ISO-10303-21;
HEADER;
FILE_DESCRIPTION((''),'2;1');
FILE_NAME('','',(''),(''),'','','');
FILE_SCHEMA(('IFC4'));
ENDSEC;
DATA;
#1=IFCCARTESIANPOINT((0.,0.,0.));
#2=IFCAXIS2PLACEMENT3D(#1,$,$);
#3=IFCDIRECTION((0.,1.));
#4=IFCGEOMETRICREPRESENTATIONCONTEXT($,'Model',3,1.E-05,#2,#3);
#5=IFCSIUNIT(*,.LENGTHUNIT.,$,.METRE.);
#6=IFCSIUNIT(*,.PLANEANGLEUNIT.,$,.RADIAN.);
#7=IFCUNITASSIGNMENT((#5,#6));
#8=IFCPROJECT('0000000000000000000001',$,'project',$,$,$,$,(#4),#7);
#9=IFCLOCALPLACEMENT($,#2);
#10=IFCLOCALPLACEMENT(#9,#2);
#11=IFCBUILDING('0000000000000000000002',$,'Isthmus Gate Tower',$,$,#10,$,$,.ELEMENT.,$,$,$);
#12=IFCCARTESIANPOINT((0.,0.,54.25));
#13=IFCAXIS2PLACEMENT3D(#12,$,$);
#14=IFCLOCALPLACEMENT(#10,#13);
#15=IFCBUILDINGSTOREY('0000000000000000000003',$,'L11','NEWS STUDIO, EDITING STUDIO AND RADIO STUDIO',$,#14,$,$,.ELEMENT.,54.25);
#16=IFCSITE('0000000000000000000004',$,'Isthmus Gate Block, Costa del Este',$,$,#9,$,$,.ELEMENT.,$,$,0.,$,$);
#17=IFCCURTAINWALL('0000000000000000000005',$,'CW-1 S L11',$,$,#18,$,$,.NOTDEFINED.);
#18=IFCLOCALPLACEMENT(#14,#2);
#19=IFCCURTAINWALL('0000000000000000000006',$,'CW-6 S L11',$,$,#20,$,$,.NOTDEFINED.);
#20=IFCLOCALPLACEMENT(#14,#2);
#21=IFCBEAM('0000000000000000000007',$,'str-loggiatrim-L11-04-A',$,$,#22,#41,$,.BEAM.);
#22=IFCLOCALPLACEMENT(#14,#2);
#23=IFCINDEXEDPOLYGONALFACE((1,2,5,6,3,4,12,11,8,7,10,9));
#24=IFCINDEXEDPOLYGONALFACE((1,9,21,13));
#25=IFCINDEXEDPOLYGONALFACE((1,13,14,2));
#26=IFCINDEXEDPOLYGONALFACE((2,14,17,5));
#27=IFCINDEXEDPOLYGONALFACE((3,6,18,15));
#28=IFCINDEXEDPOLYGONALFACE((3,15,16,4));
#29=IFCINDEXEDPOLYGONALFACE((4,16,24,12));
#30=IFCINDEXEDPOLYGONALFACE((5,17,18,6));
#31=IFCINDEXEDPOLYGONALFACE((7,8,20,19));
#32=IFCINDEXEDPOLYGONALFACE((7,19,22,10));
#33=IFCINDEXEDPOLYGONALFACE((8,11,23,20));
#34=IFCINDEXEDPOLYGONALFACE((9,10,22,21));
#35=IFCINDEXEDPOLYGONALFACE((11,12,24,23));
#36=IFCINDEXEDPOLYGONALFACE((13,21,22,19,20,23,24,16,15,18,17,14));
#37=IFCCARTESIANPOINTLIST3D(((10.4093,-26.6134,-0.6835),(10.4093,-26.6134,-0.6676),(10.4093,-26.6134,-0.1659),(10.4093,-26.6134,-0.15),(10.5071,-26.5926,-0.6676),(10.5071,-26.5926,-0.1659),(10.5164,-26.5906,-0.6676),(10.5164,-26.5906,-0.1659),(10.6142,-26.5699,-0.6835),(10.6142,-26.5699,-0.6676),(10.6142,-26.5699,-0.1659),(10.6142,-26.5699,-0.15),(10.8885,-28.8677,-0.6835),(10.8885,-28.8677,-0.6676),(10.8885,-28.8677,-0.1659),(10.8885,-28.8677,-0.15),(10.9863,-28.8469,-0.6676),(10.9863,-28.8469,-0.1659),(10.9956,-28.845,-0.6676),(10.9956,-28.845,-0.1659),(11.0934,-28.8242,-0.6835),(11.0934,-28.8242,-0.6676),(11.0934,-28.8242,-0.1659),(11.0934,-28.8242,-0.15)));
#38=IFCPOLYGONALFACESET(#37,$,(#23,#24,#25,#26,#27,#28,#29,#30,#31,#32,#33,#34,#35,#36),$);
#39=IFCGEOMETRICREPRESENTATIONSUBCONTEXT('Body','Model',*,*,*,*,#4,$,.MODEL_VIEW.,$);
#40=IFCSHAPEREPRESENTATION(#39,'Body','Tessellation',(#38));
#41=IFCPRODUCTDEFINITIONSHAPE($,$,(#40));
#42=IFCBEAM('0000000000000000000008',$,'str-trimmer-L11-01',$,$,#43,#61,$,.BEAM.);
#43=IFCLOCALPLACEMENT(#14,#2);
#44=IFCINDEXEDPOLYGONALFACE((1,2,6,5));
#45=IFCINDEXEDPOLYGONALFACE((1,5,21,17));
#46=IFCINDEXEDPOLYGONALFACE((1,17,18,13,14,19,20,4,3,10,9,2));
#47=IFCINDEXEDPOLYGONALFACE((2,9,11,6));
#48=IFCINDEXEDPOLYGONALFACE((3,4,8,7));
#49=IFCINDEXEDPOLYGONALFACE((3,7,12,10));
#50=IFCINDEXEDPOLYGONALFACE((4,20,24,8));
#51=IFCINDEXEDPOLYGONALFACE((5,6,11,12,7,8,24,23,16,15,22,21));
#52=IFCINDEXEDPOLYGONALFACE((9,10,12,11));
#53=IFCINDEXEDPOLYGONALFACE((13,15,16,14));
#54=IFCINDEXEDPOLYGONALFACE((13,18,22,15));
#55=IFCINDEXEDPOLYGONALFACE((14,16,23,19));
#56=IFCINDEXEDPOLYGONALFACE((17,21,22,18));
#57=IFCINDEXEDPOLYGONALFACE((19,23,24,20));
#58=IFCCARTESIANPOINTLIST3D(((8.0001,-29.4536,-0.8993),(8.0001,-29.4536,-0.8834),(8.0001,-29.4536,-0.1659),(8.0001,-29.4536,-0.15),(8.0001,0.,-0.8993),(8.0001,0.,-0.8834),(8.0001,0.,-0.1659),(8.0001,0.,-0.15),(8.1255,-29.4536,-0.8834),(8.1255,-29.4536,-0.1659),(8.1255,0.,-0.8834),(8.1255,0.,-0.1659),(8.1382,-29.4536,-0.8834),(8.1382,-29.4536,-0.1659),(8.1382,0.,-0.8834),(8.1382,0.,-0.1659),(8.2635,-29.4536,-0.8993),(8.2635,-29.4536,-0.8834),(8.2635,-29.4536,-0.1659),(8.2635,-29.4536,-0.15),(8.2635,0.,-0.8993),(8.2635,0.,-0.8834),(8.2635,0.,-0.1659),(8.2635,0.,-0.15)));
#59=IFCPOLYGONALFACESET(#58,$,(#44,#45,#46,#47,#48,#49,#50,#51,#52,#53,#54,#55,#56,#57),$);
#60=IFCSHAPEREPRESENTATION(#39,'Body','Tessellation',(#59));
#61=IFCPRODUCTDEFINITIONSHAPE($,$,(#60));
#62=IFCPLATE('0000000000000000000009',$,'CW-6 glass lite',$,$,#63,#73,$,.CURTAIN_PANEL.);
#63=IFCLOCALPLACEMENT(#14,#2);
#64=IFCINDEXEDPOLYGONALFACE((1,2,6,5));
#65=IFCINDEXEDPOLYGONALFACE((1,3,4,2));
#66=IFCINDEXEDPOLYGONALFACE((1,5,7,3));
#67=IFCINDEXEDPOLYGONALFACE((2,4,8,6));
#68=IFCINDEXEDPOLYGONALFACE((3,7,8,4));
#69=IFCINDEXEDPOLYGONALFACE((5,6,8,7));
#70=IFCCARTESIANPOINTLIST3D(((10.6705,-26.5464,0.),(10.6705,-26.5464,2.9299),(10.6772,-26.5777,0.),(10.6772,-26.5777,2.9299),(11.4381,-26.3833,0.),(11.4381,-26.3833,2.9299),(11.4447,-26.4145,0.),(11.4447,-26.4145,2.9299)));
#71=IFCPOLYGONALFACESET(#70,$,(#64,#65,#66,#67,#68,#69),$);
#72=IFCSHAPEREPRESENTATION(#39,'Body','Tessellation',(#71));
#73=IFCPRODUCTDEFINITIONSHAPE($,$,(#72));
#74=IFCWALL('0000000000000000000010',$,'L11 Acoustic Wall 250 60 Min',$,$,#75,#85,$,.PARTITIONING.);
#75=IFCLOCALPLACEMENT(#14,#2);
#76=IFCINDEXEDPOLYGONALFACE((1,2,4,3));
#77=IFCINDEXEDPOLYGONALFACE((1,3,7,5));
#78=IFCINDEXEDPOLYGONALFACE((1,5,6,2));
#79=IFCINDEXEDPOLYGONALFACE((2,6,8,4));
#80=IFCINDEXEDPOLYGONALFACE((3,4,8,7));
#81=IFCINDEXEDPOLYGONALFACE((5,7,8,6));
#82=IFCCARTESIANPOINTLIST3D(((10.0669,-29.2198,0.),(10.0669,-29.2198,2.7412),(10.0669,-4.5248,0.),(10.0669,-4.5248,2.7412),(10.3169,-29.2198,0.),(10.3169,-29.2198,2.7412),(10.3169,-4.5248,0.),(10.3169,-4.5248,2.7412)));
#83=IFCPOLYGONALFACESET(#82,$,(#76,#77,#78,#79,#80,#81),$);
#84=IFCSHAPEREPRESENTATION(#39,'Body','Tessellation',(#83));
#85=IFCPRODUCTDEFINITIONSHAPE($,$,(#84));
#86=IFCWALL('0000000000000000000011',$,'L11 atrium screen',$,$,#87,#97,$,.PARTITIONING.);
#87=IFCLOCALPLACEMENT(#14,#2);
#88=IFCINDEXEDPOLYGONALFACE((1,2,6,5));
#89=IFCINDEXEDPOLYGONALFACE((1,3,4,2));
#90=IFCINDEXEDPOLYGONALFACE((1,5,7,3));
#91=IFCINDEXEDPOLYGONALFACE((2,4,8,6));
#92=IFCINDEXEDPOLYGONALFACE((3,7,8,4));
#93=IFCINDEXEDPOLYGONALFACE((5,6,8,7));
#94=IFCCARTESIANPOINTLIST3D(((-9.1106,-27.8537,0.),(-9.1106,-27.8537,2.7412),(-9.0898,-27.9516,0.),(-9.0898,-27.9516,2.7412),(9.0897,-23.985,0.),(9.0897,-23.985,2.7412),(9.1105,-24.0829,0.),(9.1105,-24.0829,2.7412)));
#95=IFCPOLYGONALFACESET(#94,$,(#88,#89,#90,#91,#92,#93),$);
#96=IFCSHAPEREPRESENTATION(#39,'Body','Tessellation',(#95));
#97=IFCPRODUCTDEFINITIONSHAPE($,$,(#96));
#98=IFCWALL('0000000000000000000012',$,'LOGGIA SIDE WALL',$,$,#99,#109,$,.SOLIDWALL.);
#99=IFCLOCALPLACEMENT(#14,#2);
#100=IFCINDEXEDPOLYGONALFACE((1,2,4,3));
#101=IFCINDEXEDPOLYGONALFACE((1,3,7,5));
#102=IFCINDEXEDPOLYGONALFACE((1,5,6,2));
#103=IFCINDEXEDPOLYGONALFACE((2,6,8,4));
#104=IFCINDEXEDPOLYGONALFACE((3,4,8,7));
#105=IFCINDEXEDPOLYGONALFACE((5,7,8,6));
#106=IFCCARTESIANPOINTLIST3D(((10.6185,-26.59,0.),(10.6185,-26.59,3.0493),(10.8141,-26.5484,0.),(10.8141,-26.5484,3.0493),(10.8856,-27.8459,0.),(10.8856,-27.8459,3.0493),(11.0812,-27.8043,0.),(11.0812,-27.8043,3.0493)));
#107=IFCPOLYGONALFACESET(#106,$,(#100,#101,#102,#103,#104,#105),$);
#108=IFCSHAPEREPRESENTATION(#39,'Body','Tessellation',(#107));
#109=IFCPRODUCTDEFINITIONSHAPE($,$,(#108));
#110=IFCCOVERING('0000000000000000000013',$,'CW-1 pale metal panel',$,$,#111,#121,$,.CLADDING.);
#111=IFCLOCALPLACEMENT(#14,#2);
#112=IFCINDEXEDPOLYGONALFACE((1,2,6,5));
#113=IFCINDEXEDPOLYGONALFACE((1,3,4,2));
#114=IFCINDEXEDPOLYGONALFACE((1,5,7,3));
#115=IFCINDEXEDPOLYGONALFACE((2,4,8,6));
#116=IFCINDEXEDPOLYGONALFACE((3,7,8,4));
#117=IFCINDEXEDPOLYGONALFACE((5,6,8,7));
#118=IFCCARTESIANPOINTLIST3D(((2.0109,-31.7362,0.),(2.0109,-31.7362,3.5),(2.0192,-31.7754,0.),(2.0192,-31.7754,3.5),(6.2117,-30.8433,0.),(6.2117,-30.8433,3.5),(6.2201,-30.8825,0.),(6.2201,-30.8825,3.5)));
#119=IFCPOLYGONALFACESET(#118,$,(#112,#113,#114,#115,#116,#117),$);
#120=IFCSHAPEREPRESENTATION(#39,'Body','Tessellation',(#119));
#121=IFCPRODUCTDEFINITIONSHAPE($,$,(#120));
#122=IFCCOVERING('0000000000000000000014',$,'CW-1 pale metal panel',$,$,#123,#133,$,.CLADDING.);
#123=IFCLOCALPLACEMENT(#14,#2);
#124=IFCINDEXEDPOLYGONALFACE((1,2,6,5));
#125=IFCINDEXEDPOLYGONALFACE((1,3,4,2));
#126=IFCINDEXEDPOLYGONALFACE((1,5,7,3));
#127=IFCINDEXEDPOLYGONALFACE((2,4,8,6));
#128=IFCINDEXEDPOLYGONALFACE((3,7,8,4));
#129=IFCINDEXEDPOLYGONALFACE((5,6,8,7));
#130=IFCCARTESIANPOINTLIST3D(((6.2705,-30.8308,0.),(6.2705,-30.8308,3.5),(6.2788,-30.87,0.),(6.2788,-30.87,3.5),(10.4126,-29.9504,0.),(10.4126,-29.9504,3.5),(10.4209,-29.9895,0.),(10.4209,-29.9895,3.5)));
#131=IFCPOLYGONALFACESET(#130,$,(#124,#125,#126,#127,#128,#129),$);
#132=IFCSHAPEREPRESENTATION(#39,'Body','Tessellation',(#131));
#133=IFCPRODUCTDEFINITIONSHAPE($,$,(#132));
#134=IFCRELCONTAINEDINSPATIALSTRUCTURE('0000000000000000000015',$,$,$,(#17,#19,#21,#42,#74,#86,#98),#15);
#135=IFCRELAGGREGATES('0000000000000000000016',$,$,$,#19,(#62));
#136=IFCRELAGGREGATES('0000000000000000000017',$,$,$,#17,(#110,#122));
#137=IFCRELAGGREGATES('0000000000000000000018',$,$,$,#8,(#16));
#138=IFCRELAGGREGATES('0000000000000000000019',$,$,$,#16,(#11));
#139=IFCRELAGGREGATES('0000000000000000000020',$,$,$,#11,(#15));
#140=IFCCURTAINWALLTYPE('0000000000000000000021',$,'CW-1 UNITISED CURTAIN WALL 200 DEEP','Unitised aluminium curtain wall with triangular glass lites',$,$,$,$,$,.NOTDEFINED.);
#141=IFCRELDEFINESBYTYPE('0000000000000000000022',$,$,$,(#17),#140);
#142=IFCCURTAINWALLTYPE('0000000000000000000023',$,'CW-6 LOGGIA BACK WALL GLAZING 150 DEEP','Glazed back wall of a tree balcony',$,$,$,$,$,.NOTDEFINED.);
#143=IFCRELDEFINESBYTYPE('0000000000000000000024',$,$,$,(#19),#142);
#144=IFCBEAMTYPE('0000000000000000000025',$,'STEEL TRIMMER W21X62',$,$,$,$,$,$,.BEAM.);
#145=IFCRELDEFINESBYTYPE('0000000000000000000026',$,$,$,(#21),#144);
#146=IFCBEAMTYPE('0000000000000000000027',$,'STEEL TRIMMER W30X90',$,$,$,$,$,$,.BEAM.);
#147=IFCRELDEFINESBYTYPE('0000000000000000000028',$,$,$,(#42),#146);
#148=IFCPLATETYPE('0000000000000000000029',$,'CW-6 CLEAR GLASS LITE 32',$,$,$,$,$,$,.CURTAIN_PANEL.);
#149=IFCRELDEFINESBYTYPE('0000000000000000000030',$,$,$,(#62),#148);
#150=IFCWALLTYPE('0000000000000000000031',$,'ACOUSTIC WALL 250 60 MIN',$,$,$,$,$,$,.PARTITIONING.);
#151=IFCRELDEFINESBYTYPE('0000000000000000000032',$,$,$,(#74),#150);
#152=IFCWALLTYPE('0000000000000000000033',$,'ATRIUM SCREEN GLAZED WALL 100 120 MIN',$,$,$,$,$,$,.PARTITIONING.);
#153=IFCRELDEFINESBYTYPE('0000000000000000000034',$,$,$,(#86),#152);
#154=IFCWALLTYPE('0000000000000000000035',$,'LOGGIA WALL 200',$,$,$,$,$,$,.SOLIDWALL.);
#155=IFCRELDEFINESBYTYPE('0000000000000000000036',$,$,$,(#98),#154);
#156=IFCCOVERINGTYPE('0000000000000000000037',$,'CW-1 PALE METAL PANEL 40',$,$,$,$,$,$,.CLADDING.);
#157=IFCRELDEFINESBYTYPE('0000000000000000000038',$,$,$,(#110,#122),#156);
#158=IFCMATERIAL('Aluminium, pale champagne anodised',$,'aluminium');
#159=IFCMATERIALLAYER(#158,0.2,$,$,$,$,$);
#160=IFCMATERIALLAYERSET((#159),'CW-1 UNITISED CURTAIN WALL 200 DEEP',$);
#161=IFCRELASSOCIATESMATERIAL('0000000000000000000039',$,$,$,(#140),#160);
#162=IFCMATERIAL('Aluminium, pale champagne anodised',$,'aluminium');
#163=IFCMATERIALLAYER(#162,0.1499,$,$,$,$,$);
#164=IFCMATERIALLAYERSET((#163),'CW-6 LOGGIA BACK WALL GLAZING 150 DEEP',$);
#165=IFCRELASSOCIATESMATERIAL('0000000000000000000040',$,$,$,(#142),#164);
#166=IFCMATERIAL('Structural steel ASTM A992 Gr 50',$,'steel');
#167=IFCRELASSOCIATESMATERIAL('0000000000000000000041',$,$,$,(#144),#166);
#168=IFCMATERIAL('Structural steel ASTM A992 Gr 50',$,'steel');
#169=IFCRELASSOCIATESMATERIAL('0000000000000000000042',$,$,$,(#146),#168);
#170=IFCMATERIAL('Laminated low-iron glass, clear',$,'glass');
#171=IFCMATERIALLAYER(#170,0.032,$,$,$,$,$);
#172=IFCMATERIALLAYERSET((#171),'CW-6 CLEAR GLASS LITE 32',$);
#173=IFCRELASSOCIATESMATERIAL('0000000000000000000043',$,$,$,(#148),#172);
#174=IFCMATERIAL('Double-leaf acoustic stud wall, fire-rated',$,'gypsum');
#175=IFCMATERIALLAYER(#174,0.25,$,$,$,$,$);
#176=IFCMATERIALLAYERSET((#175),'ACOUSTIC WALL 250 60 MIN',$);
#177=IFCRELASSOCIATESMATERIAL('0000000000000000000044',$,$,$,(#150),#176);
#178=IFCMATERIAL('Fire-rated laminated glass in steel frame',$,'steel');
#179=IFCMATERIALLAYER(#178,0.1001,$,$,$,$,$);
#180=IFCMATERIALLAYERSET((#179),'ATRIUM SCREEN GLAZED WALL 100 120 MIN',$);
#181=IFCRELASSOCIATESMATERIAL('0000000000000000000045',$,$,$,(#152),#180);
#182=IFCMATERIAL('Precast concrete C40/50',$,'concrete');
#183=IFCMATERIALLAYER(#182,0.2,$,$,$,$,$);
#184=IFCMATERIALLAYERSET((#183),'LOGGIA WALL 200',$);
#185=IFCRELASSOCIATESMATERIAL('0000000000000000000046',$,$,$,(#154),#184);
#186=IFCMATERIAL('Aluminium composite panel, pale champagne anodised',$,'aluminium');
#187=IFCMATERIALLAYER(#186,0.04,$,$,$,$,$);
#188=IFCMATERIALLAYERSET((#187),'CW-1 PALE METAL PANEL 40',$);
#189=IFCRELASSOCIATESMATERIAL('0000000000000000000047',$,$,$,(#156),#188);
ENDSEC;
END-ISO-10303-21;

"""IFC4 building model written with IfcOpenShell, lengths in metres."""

from ifc_helpers import new_model, si_unit, direction, frame, frame_2d, origin, origin_2d, place, context, subcontext, project, spatial, rectangle, i_section, extrude, material, layer, layer_set, material_profile, profile_set, type_object, element, aggregate, save


model = new_model("IFC4")

# Units and contexts
model_context = context("Model", 3, precision=1e-05, world=origin(), true_north=direction((0.0, 1.0)))
body_context = subcontext(model_context, "Body", "Model", "MODEL_VIEW")
ifc_project = project(units=[si_unit("LENGTHUNIT", "METRE"), si_unit("PLANEANGLEUNIT", "RADIAN")], contexts=[model_context])

# Site, building, storey
site_placement = place(None, origin())
site = spatial("IfcSite", under=ifc_project, at=site_placement, Name="Isthmus Gate Block, Costa del Este", CompositionType="ELEMENT", RefElevation=0.0)
building_placement = place(site_placement, origin())
building = spatial("IfcBuilding", under=site, at=building_placement, Name="Isthmus Gate Tower", CompositionType="ELEMENT")
storey_placement = place(building_placement, frame((0.0, 0.0, 54.25)))
storey = spatial("IfcBuildingStorey", under=building, at=storey_placement, Name="L11", Description="NEWS STUDIO, EDITING STUDIO AND RADIO STUDIO", CompositionType="ELEMENT", Elevation=54.25)

# Curtain walls
ifc_material_1 = material(Name="Aluminium, pale champagne anodised", Category="aluminium")
ifc_layer_1 = layer(ifc_material_1, 0.2)
ifc_layer_set_1 = layer_set([ifc_layer_1], Name="CW-1 UNITISED CURTAIN WALL 200 DEEP")
curtain_wall_type_1 = type_object("IfcCurtainWallType", Name="CW-1 UNITISED CURTAIN WALL 200 DEEP", Description="Unitised aluminium curtain wall with triangular glass lites", PredefinedType="NOTDEFINED", material=ifc_layer_set_1)
curtain_wall_1_placement = place(storey_placement, origin())
curtain_wall_1 = element("IfcCurtainWall", 1, at=curtain_wall_1_placement, inside=storey, type_object=curtain_wall_type_1, Name="CW-1 S L11", PredefinedType="NOTDEFINED")
ifc_material_2 = material(Name="Aluminium, pale champagne anodised", Category="aluminium")
ifc_layer_2 = layer(ifc_material_2, 0.1499)
ifc_layer_set_2 = layer_set([ifc_layer_2], Name="CW-6 LOGGIA BACK WALL GLAZING 150 DEEP")
curtain_wall_type_2 = type_object("IfcCurtainWallType", Name="CW-6 LOGGIA BACK WALL GLAZING 150 DEEP", Description="Glazed back wall of a tree balcony", PredefinedType="NOTDEFINED", material=ifc_layer_set_2)
curtain_wall_2_placement = place(storey_placement, origin())
curtain_wall_2 = element("IfcCurtainWall", 2, at=curtain_wall_2_placement, inside=storey, type_object=curtain_wall_type_2, Name="CW-6 S L11", PredefinedType="NOTDEFINED")

# Beams
ifc_material_3 = material(Name="Structural steel ASTM A992 Gr 50", Category="steel")
ifc_material_profile_1 = material_profile(ifc_material_3, i_section(OverallWidth=0.2095, OverallDepth=0.5334, WebThickness=0.0095, FlangeThickness=0.0159, at=origin_2d()), Name="W21X62")
ifc_profile_set_1 = profile_set([ifc_material_profile_1], Name="Structural steel ASTM A992 Gr 50")
beam_type_1 = type_object("IfcBeamType", Name="STEEL TRIMMER W21X62", PredefinedType="BEAM", material=ifc_profile_set_1)
beam_1_placement = place(storey_placement, frame((10.991, -28.8459, -0.4167), z_axis=(-0.207937, 0.978142, 0.0), x_axis=(-0.978142, -0.207937, 0.0)))
element("IfcBeam", 3, at=beam_1_placement, inside=storey, type_object=beam_type_1, Name="str-loggiatrim-L11-04-A", PredefinedType="BEAM", context=body_context, shape_type="SweptSolid", body=[
    extrude(i_section(OverallWidth=0.2095, OverallDepth=0.5334, WebThickness=0.0095, FlangeThickness=0.0159, at=origin_2d()), origin(), (0.0, 0.0, 1.0), 2.3047),
])
ifc_material_4 = material(Name="Structural steel ASTM A992 Gr 50", Category="steel")
ifc_material_profile_2 = material_profile(ifc_material_4, i_section(OverallWidth=0.2634, OverallDepth=0.7493, WebThickness=0.0127, FlangeThickness=0.0159, at=origin_2d()), Name="W30X90")
ifc_profile_set_2 = profile_set([ifc_material_profile_2], Name="Structural steel ASTM A992 Gr 50")
beam_type_2 = type_object("IfcBeamType", Name="STEEL TRIMMER W30X90", PredefinedType="BEAM", material=ifc_profile_set_2)
beam_2_placement = place(storey_placement, frame((8.1318, -29.4536, -0.5247), z_axis=(0.0, 1.0, 0.0), x_axis=(-1.0, 0.0, 0.0)))
element("IfcBeam", 4, at=beam_2_placement, inside=storey, type_object=beam_type_2, Name="str-trimmer-L11-01", PredefinedType="BEAM", context=body_context, shape_type="SweptSolid", body=[
    extrude(i_section(OverallWidth=0.2634, OverallDepth=0.7493, WebThickness=0.0127, FlangeThickness=0.0159, at=origin_2d()), origin(), (0.0, 0.0, 1.0), 29.4536),
])

# Plate
ifc_material_5 = material(Name="Laminated low-iron glass, clear", Category="glass")
ifc_layer_3 = layer(ifc_material_5, 0.032)
ifc_layer_set_3 = layer_set([ifc_layer_3], Name="CW-6 CLEAR GLASS LITE 32")
plate_type = type_object("IfcPlateType", Name="CW-6 CLEAR GLASS LITE 32", PredefinedType="CURTAIN_PANEL", material=ifc_layer_set_3)
plate_placement = place(storey_placement, frame((11.0576, -26.4805, 0.0), z_axis=(0.0, 0.0, 1.0), x_axis=(0.978148, 0.207912, 0.0)))
plate = element("IfcPlate", 5, at=plate_placement, type_object=plate_type, Name="CW-6 glass lite", PredefinedType="CURTAIN_PANEL", context=body_context, shape_type="SweptSolid", body=[
    extrude(rectangle(XDim=0.7847, YDim=0.032, at=origin_2d()), origin(), (0.0, 0.0, 1.0), 2.9299),
])
aggregate(curtain_wall_2, [plate])

# Walls
ifc_material_6 = material(Name="Double-leaf acoustic stud wall, fire-rated", Category="gypsum")
ifc_layer_4 = layer(ifc_material_6, 0.25)
ifc_layer_set_4 = layer_set([ifc_layer_4], Name="ACOUSTIC WALL 250 60 MIN")
wall_type_1 = type_object("IfcWallType", Name="ACOUSTIC WALL 250 60 MIN", PredefinedType="PARTITIONING", material=ifc_layer_set_4)
wall_1_placement = place(storey_placement, frame((10.1919, -29.22, 0.0), z_axis=(0.0, 0.0, 1.0), x_axis=(0.0, 1.0, 0.0)))
element("IfcWall", 6, at=wall_1_placement, inside=storey, type_object=wall_type_1, Name="L11 Acoustic Wall 250 60 Min", PredefinedType="PARTITIONING", context=body_context, shape_type="SweptSolid", body=[
    extrude(rectangle(XDim=24.6951, YDim=0.25, at=frame_2d((12.3477, 0.0))), origin(), (0.0, 0.0, 1.0), 2.7412),
])
ifc_material_7 = material(Name="Fire-rated laminated glass in steel frame", Category="steel")
ifc_layer_5 = layer(ifc_material_7, 0.1001)
ifc_layer_set_5 = layer_set([ifc_layer_5], Name="ATRIUM SCREEN GLAZED WALL 100 120 MIN")
wall_type_2 = type_object("IfcWallType", Name="ATRIUM SCREEN GLAZED WALL 100 120 MIN", PredefinedType="PARTITIONING", material=ifc_layer_set_5)
wall_2_placement = place(storey_placement, frame((9.1001, -24.0339, 0.0), z_axis=(0.0, 0.0, 1.0), x_axis=(-0.978147, -0.207916, 0.0)))
element("IfcWall", 7, at=wall_2_placement, inside=storey, type_object=wall_type_2, Name="L11 atrium screen", PredefinedType="PARTITIONING", context=body_context, shape_type="SweptSolid", body=[
    extrude(rectangle(XDim=18.6069, YDim=0.1001, at=frame_2d((9.3035, 0.0))), origin(), (0.0, 0.0, 1.0), 2.7412),
])

# Shared definitions
ifc_material_8 = material(Name="Precast concrete C40/50", Category="concrete")
ifc_layer_6 = layer(ifc_material_8, 0.2)
ifc_layer_set_6 = layer_set([ifc_layer_6], Name="LOGGIA WALL 200")
wall_type_3 = type_object("IfcWallType", Name="LOGGIA WALL 200", PredefinedType="SOLIDWALL", material=ifc_layer_set_6)

# Wall
wall_3_placement = place(storey_placement, frame((10.9834, -27.8252, 0.0), z_axis=(0.0, 0.0, 1.0), x_axis=(-0.208022, 0.978124, 0.0)))
element("IfcWall", 8, at=wall_3_placement, inside=storey, type_object=wall_type_3, Name="LOGGIA SIDE WALL", PredefinedType="SOLIDWALL", context=body_context, shape_type="SweptSolid", body=[
    extrude(rectangle(XDim=1.2839, YDim=0.2, at=frame_2d((0.6421, 0.0))), origin(), (0.0, 0.0, 1.0), 3.0493),
])

# Coverings
ifc_material_9 = material(Name="Aluminium composite panel, pale champagne anodised", Category="aluminium")
ifc_layer_7 = layer(ifc_material_9, 0.04)
ifc_layer_set_7 = layer_set([ifc_layer_7], Name="CW-1 PALE METAL PANEL 40")
covering_type = type_object("IfcCoveringType", Name="CW-1 PALE METAL PANEL 40", PredefinedType="CLADDING", material=ifc_layer_set_7)
covering_1_placement = place(storey_placement, frame((4.1155, -31.3093, 0.0), z_axis=(0.0, 0.0, 1.0), x_axis=(0.978148, 0.207912, 0.0)))
covering_1 = element("IfcCovering", 9, at=covering_1_placement, type_object=covering_type, Name="CW-1 pale metal panel", PredefinedType="CLADDING", context=body_context, shape_type="SweptSolid", body=[
    extrude(rectangle(XDim=4.2947, YDim=0.04, at=origin_2d()), origin(), (0.0, 0.0, 1.0), 3.5),
])
covering_2_placement = place(storey_placement, frame((8.3457, -30.4102, 0.0), z_axis=(0.0, 0.0, 1.0), x_axis=(0.978148, 0.207912, 0.0)))
covering_2 = element("IfcCovering", 10, at=covering_2_placement, type_object=covering_type, Name="CW-1 pale metal panel", PredefinedType="CLADDING", context=body_context, shape_type="SweptSolid", body=[
    extrude(rectangle(XDim=4.2346, YDim=0.04, at=origin_2d()), origin(), (0.0, 0.0, 1.0), 3.5),
])
aggregate(curtain_wall_1, [covering_1, covering_2])

save(model, "model.ifc")
